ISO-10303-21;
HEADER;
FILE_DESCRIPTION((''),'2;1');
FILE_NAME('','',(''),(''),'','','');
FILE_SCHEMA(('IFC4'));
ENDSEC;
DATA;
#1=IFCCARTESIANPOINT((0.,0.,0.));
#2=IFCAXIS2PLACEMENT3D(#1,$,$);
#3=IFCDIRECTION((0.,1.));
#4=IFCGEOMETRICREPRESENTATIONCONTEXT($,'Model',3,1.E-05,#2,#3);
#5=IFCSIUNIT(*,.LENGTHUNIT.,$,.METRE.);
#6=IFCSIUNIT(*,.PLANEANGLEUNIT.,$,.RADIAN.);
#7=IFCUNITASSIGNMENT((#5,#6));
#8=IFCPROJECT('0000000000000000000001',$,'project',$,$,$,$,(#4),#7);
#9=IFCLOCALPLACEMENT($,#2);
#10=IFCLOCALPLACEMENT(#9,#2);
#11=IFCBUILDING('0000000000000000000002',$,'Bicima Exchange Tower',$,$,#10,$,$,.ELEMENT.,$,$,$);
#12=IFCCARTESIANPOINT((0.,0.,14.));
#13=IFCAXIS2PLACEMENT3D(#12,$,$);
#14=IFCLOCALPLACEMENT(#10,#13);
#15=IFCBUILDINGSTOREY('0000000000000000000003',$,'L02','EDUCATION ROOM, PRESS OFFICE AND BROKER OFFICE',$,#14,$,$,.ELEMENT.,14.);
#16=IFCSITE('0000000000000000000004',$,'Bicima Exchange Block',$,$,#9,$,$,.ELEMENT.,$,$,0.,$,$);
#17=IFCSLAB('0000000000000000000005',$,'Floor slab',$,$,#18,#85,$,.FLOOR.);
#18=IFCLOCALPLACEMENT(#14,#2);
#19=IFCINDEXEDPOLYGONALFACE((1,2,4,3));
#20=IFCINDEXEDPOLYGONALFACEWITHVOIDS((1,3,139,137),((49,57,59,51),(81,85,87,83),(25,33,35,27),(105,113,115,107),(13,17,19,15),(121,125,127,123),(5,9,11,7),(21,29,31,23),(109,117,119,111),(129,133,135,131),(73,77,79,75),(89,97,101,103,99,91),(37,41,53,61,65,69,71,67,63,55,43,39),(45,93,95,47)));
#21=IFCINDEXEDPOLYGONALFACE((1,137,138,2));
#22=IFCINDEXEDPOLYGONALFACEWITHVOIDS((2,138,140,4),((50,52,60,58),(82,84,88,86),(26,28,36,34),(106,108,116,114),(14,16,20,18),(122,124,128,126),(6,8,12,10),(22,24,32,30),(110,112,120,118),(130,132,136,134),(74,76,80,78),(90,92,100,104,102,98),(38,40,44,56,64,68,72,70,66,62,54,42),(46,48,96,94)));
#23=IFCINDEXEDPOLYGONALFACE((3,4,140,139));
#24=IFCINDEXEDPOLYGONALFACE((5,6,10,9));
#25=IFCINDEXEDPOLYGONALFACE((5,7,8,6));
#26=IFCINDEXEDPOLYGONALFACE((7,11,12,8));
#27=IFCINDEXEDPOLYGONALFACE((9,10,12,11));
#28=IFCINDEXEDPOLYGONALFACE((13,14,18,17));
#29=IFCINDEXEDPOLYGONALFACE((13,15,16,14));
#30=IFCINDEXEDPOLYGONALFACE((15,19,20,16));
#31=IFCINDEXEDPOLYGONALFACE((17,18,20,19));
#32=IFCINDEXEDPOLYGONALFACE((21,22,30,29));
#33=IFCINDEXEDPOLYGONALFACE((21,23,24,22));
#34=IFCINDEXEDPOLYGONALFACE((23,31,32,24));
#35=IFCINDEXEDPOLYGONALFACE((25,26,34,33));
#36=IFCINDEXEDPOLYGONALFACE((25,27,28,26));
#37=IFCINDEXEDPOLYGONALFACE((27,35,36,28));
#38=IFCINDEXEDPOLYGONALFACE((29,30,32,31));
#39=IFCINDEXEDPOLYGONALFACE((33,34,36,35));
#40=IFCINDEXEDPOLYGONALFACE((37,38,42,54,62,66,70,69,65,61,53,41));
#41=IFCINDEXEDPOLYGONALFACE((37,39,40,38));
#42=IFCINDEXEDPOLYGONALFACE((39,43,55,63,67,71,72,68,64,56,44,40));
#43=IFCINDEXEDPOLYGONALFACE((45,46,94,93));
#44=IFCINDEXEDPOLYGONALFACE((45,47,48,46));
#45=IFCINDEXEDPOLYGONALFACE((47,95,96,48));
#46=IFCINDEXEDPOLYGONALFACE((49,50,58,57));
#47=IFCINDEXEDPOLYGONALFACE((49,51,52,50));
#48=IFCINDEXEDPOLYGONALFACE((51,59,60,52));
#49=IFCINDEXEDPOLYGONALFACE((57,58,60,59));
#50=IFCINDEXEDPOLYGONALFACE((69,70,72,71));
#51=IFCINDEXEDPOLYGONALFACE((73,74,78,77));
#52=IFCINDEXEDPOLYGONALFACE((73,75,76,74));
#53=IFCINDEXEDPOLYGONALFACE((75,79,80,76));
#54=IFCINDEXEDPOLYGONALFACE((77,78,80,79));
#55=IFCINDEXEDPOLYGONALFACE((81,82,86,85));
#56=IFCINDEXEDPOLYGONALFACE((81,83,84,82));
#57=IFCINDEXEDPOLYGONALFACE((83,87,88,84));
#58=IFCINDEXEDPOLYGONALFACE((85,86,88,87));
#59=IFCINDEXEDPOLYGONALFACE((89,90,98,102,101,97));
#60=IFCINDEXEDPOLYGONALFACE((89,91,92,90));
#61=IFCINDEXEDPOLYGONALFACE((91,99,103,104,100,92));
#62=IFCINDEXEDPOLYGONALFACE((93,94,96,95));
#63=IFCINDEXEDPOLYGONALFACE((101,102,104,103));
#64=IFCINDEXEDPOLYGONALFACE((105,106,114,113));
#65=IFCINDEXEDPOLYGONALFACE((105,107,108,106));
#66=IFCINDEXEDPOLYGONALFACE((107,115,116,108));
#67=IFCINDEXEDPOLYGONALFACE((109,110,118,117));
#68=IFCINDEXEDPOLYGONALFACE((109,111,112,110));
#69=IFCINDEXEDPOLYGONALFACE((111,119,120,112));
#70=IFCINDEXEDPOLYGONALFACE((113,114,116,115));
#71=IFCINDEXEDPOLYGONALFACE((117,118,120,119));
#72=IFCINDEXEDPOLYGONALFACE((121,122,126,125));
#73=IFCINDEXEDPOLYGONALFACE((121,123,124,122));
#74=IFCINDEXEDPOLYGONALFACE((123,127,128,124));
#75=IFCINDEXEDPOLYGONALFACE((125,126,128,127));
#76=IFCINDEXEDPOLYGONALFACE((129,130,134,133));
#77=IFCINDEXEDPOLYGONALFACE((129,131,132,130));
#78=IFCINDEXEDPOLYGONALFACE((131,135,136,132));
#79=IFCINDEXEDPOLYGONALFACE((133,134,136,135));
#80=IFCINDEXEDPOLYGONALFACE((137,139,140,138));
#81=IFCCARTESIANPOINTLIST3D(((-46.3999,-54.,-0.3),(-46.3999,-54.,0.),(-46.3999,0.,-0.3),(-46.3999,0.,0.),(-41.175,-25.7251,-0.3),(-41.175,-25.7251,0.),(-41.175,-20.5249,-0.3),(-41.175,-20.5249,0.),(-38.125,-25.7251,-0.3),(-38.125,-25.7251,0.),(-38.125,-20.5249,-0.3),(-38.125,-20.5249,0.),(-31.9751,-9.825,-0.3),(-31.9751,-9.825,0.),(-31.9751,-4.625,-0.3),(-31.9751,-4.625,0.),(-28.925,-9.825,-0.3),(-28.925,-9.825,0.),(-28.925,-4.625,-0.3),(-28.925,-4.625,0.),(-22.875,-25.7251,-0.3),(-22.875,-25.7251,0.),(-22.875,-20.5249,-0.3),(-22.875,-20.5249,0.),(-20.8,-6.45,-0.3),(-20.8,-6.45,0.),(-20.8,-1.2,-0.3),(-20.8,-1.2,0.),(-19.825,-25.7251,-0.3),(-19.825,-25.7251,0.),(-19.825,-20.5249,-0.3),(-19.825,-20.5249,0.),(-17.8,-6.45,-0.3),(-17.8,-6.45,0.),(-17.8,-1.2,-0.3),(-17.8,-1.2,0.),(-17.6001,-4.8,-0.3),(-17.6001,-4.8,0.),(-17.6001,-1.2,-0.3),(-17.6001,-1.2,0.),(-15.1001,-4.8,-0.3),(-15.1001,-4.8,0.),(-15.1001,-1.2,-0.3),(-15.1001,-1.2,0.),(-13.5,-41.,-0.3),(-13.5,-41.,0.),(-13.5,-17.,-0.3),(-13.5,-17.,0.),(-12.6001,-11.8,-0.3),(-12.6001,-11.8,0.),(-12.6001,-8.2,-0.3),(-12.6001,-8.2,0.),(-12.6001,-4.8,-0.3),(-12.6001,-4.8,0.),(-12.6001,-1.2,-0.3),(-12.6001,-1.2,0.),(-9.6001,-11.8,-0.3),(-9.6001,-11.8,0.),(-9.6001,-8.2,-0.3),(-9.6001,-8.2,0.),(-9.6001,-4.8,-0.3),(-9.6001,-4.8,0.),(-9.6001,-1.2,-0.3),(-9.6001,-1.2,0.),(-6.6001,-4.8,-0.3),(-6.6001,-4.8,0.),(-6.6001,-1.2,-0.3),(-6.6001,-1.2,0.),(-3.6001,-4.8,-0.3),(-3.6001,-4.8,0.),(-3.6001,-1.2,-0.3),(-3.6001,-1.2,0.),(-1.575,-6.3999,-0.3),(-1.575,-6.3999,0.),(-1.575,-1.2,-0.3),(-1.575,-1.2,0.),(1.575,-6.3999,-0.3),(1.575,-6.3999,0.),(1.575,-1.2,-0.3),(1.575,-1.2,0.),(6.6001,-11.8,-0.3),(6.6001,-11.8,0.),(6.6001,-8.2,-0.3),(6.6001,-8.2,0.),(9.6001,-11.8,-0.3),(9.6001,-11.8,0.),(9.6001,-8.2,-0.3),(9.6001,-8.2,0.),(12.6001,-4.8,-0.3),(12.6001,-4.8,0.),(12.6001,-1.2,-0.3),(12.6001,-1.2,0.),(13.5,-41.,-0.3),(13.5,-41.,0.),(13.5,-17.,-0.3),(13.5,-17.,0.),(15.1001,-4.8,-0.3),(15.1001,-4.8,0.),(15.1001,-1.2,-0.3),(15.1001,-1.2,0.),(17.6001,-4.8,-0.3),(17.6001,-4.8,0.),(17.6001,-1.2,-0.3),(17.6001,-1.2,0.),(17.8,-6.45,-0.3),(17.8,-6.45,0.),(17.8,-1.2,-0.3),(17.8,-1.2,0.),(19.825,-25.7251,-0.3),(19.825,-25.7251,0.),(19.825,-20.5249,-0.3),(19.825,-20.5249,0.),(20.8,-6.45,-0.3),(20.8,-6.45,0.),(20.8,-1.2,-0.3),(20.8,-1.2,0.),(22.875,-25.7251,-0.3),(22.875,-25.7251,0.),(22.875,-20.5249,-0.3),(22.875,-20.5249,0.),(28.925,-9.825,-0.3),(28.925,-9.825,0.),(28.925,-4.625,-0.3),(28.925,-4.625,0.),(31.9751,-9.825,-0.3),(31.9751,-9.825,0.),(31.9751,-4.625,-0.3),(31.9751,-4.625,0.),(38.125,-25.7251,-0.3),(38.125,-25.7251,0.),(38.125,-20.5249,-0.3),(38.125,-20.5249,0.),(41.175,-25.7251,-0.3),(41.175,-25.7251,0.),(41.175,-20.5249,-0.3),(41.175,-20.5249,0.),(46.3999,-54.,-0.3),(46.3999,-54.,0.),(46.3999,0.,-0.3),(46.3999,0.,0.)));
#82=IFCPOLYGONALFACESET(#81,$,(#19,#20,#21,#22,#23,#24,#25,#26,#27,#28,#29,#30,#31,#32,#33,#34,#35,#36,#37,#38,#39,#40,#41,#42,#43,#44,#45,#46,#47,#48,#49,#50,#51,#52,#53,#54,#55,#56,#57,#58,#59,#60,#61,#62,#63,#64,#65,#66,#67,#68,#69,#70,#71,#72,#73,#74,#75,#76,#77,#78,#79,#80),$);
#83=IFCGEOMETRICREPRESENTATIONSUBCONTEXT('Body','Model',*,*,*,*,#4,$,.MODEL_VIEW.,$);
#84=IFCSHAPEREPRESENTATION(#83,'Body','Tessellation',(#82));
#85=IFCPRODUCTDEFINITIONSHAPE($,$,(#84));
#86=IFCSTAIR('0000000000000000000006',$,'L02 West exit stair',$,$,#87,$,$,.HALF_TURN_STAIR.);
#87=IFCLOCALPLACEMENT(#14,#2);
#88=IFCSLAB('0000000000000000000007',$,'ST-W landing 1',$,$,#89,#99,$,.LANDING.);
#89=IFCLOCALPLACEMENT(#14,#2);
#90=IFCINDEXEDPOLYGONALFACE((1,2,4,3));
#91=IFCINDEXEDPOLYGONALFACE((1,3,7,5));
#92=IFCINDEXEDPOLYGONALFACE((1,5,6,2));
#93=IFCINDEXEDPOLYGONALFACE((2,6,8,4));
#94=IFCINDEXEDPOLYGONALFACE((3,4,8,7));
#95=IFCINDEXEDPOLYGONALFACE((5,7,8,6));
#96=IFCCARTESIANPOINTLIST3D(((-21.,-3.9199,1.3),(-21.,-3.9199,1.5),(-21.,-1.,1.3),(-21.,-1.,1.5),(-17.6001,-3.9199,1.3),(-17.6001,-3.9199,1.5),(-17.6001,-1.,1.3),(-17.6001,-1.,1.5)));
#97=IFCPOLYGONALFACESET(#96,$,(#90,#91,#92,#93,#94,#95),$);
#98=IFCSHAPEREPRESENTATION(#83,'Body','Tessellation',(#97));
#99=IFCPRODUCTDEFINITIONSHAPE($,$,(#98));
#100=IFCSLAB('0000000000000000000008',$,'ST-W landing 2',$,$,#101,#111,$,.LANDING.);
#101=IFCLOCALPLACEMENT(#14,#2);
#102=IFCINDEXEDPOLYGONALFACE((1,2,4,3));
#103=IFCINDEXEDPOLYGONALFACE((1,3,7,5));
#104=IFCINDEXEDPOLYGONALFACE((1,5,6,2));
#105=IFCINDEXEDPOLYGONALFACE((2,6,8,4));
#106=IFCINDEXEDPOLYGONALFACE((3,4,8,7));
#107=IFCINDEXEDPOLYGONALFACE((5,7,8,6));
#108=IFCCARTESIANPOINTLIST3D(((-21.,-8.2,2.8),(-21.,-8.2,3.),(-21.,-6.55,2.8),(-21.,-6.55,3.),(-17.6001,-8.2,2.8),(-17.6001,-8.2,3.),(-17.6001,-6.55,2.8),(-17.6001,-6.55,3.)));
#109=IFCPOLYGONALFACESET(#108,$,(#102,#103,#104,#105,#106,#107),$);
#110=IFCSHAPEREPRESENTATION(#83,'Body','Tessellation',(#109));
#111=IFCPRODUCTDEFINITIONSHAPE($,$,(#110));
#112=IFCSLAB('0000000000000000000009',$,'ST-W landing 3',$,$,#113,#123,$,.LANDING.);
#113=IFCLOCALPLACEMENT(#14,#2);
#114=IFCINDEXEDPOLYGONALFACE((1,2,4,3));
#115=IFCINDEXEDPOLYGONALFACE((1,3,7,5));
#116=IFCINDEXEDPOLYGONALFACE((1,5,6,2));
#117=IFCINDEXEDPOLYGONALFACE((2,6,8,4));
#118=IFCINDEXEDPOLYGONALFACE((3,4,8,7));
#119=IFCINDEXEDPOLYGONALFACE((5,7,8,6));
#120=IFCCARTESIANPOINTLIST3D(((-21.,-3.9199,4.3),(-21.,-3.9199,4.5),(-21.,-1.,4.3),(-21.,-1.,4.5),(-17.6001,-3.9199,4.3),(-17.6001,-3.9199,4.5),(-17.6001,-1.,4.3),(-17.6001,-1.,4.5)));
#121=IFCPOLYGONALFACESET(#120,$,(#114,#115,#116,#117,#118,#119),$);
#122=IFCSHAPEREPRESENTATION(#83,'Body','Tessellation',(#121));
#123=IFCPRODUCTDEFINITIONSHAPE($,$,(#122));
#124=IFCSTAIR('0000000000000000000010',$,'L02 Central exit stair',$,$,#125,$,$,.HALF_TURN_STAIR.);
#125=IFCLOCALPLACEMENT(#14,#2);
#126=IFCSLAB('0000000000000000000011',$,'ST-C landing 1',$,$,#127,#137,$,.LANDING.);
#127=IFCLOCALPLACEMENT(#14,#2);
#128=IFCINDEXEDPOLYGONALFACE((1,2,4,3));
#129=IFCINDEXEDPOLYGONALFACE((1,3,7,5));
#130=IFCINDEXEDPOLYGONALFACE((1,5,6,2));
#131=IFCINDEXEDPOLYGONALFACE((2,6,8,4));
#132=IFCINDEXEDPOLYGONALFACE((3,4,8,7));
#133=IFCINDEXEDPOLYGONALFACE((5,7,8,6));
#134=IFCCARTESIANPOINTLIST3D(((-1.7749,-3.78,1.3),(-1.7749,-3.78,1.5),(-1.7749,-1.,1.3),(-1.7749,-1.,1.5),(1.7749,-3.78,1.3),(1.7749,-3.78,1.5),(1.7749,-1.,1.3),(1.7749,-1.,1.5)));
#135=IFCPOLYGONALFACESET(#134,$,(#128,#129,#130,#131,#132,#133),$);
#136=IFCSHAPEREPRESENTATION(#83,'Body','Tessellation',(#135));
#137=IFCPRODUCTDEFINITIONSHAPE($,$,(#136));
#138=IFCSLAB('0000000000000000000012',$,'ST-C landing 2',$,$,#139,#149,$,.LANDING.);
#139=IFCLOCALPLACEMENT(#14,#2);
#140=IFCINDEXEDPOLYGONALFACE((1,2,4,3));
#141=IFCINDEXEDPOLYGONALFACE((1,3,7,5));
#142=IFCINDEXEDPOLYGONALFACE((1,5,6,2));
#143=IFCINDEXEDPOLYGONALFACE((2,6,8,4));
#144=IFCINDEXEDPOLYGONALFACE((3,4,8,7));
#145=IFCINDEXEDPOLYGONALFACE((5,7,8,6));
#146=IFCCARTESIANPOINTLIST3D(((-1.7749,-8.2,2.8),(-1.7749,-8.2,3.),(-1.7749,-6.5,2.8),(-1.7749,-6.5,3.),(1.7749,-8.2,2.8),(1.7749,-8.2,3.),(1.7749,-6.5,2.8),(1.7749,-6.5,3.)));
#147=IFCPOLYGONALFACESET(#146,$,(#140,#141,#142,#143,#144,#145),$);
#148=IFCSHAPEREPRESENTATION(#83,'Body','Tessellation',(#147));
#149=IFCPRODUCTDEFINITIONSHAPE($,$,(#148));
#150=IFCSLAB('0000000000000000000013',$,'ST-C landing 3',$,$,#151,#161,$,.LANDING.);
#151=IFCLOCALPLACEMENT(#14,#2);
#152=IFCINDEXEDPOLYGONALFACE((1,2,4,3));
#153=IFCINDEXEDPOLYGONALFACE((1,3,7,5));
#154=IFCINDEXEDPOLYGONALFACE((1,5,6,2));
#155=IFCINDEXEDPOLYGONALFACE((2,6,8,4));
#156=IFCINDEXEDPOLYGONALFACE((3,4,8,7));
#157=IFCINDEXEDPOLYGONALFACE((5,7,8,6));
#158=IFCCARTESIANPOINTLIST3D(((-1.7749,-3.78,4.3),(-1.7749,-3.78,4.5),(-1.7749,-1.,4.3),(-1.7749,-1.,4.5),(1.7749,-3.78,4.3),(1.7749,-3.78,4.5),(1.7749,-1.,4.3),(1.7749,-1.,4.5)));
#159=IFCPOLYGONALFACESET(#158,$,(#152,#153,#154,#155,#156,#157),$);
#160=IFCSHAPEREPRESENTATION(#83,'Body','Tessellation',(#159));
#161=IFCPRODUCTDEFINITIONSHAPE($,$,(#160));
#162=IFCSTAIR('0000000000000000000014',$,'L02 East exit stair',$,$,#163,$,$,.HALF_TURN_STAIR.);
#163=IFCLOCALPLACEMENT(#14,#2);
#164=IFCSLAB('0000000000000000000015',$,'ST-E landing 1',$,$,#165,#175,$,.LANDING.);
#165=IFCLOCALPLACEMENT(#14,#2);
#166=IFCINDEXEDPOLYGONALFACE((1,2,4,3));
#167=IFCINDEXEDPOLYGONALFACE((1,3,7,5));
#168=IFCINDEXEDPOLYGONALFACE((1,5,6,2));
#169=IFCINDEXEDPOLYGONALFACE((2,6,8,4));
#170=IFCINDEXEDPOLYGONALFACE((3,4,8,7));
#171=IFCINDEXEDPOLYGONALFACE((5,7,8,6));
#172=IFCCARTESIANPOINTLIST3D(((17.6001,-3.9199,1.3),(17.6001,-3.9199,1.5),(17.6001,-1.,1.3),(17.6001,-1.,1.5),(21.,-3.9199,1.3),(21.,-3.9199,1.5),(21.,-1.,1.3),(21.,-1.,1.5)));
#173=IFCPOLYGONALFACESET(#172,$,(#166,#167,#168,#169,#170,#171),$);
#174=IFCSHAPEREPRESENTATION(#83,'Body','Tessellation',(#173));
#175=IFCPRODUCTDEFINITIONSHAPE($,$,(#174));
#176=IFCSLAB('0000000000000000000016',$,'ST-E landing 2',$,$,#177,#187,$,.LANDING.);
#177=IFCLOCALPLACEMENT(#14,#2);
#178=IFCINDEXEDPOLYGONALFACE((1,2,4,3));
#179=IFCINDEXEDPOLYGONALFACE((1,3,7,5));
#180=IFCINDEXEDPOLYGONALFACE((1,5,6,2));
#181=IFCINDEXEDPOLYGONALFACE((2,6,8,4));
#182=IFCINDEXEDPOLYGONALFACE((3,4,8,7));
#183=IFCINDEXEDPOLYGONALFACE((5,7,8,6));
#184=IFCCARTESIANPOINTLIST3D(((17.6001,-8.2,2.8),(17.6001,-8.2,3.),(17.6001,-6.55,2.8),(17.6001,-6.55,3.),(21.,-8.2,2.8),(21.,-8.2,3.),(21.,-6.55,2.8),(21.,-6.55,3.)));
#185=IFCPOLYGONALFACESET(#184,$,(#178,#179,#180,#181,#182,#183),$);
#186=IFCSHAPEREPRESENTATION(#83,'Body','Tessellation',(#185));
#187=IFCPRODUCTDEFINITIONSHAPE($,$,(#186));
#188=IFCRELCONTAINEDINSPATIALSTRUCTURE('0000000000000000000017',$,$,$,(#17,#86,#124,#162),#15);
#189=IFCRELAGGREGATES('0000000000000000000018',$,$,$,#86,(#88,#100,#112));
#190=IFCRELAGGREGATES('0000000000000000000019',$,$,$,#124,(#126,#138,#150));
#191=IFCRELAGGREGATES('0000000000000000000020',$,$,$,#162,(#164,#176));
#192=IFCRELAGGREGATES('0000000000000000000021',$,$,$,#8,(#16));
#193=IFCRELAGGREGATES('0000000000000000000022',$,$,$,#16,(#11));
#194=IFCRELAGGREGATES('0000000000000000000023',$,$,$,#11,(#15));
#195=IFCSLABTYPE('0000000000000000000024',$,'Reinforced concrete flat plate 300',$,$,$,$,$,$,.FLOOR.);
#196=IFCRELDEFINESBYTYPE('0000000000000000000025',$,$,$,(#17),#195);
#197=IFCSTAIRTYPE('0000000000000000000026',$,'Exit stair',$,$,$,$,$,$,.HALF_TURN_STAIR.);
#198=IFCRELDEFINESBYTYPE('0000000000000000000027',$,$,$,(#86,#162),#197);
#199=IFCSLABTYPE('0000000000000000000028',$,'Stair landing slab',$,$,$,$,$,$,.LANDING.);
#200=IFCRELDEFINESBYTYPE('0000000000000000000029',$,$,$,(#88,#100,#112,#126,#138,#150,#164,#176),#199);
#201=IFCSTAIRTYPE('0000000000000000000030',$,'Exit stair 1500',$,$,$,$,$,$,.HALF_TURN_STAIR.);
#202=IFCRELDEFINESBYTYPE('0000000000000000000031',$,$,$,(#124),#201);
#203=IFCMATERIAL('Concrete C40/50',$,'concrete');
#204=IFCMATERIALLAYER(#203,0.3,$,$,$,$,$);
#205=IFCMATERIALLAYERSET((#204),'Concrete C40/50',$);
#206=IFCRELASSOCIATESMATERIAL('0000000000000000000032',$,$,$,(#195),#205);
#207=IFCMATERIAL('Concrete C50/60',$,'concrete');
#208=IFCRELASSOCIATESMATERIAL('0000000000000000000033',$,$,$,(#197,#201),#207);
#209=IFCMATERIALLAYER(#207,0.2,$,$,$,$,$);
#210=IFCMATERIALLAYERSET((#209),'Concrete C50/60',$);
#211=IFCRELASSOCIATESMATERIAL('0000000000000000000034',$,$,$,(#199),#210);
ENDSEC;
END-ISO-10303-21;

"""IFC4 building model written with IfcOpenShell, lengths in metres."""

from ifc_helpers import new_model, si_unit, direction, frame, origin, place, context, subcontext, project, spatial, polyline, outline, extrude, material, layer, layer_set, type_object, element, aggregate, save


model = new_model("IFC4")

# Units and contexts
model_context = context("Model", 3, precision=1e-05, world=origin(), true_north=direction((0.0, 1.0)))
body_context = subcontext(model_context, "Body", "Model", "MODEL_VIEW")
ifc_project = project(units=[si_unit("LENGTHUNIT", "METRE"), si_unit("PLANEANGLEUNIT", "RADIAN")], contexts=[model_context])

# Site, building, storey
site_placement = place(None, origin())
site = spatial("IfcSite", under=ifc_project, at=site_placement, Name="Bicima Exchange Block", CompositionType="ELEMENT", RefElevation=0.0)
building_placement = place(site_placement, origin())
building = spatial("IfcBuilding", under=site, at=building_placement, Name="Bicima Exchange Tower", CompositionType="ELEMENT")
storey_placement = place(building_placement, frame((0.0, 0.0, 14.0)))
storey = spatial("IfcBuildingStorey", under=building, at=storey_placement, Name="L02", Description="EDUCATION ROOM, PRESS OFFICE AND BROKER OFFICE", CompositionType="ELEMENT", Elevation=14.0)

# Slab
ifc_material_1 = material(Name="Concrete C40/50", Category="concrete")
ifc_layer_1 = layer(ifc_material_1, 0.3)
ifc_layer_set_1 = layer_set([ifc_layer_1], Name="Concrete C40/50")
slab_type_1 = type_object("IfcSlabType", Name="Reinforced concrete flat plate 300", PredefinedType="FLOOR", material=ifc_layer_set_1)
slab_1_placement = place(storey_placement, frame((0.0, 0.0, -0.3)))
element("IfcSlab", 1, at=slab_1_placement, inside=storey, type_object=slab_type_1, Name="Floor slab", PredefinedType="FLOOR", context=body_context, shape_type="SweptSolid", body=[
    extrude(outline(polyline([(-46.3999, 0.0), (46.3999, 0.0), (46.3999, -54.0), (-46.3999, -54.0), (-46.3999, 0.0)]), holes=[polyline([(-41.175, -25.7251), (-38.125, -25.7251), (-38.125, -20.5249), (-41.175, -20.5249), (-41.175, -25.7251)]), polyline([(-22.875, -25.7251), (-19.825, -25.7251), (-19.825, -20.5249), (-22.875, -20.5249), (-22.875, -25.7251)]), polyline([(-12.6001, -11.8), (-9.6001, -11.8), (-9.6001, -8.2), (-12.6001, -8.2), (-12.6001, -11.8)]), polyline([(-31.9751, -9.825), (-28.925, -9.825), (-28.925, -4.625), (-31.9751, -4.625), (-31.9751, -9.825)]), polyline([(-20.8, -6.45), (-17.8, -6.45), (-17.8, -1.2), (-20.8, -1.2), (-20.8, -6.45)]), polyline([(-17.6001, -1.2), (-17.6001, -4.8), (-15.1001, -4.8), (-12.6001, -4.8), (-9.6001, -4.8), (-6.6001, -4.8), (-3.6001, -4.8), (-3.6001, -1.2), (-6.6001, -1.2), (-9.6001, -1.2), (-12.6001, -1.2), (-15.1001, -1.2), (-17.6001, -1.2)]), polyline([(13.5, -17.0), (-13.5, -17.0), (-13.5, -41.0), (13.5, -41.0), (13.5, -17.0)]), polyline([(19.825, -25.7251), (22.875, -25.7251), (22.875, -20.5249), (19.825, -20.5249), (19.825, -25.7251)]), polyline([(38.125, -20.5249), (38.125, -25.7251), (41.175, -25.7251), (41.175, -20.5249), (38.125, -20.5249)]), polyline([(6.6001, -8.2), (6.6001, -11.8), (9.6001, -11.8), (9.6001, -8.2), (6.6001, -8.2)]), polyline([(28.925, -9.825), (31.9751, -9.825), (31.9751, -4.625), (28.925, -4.625), (28.925, -9.825)]), polyline([(17.8, -6.45), (20.8, -6.45), (20.8, -1.2), (17.8, -1.2), (17.8, -6.45)]), polyline([(-1.575, -6.3999), (1.575, -6.3999), (1.575, -1.2), (-1.575, -1.2), (-1.575, -6.3999)]), polyline([(15.1001, -4.8), (17.6001, -4.8), (17.6001, -1.2), (15.1001, -1.2), (12.6001, -1.2), (12.6001, -4.8), (15.1001, -4.8)])]), origin(), (0.0, 0.0, 1.0), 0.3),
])

# Stairs, slabs
ifc_material_2 = material(Name="Concrete C50/60", Category="concrete")
stair_type_1 = type_object("IfcStairType", Name="Exit stair", PredefinedType="HALF_TURN_STAIR", material=ifc_material_2)
stair_1_placement = place(storey_placement, origin())
stair_1 = element("IfcStair", 2, at=stair_1_placement, inside=storey, type_object=stair_type_1, Name="L02 West exit stair", PredefinedType="HALF_TURN_STAIR")
ifc_layer_2 = layer(ifc_material_2, 0.2)
ifc_layer_set_2 = layer_set([ifc_layer_2], Name="Concrete C50/60")
slab_type_2 = type_object("IfcSlabType", Name="Stair landing slab", PredefinedType="LANDING", material=ifc_layer_set_2)
slab_2_placement = place(storey_placement, frame((0.0, 0.0, 1.3)))
slab_2 = element("IfcSlab", 3, at=slab_2_placement, type_object=slab_type_2, Name="ST-W landing 1", PredefinedType="LANDING", context=body_context, shape_type="SweptSolid", body=[
    extrude(outline(polyline([(-17.6001, -3.9199), (-17.6001, -1.0), (-21.0, -1.0), (-21.0, -3.9199), (-17.6001, -3.9199)])), origin(), (0.0, 0.0, 1.0), 0.2),
])
slab_3_placement = place(storey_placement, frame((0.0, 0.0, 2.8)))
slab_3 = element("IfcSlab", 4, at=slab_3_placement, type_object=slab_type_2, Name="ST-W landing 2", PredefinedType="LANDING", context=body_context, shape_type="SweptSolid", body=[
    extrude(outline(polyline([(-17.6001, -8.2), (-17.6001, -6.55), (-21.0, -6.55), (-21.0, -8.2), (-17.6001, -8.2)])), origin(), (0.0, 0.0, 1.0), 0.2),
])
slab_4_placement = place(storey_placement, frame((0.0, 0.0, 4.3)))
slab_4 = element("IfcSlab", 5, at=slab_4_placement, type_object=slab_type_2, Name="ST-W landing 3", PredefinedType="LANDING", context=body_context, shape_type="SweptSolid", body=[
    extrude(outline(polyline([(-17.6001, -3.9199), (-17.6001, -1.0), (-21.0, -1.0), (-21.0, -3.9199), (-17.6001, -3.9199)])), origin(), (0.0, 0.0, 1.0), 0.2),
])
aggregate(stair_1, [slab_2, slab_3, slab_4])
stair_type_2 = type_object("IfcStairType", Name="Exit stair 1500", PredefinedType="HALF_TURN_STAIR", material=ifc_material_2)
stair_2_placement = place(storey_placement, origin())
stair_2 = element("IfcStair", 6, at=stair_2_placement, inside=storey, type_object=stair_type_2, Name="L02 Central exit stair", PredefinedType="HALF_TURN_STAIR")
slab_5_placement = place(storey_placement, frame((0.0, 0.0, 1.3)))
slab_5 = element("IfcSlab", 7, at=slab_5_placement, type_object=slab_type_2, Name="ST-C landing 1", PredefinedType="LANDING", context=body_context, shape_type="SweptSolid", body=[
    extrude(outline(polyline([(1.7749, -3.78), (1.7749, -1.0), (-1.7749, -1.0), (-1.7749, -3.78), (1.7749, -3.78)])), origin(), (0.0, 0.0, 1.0), 0.2),
])
slab_6_placement = place(storey_placement, frame((0.0, 0.0, 2.8)))
slab_6 = element("IfcSlab", 8, at=slab_6_placement, type_object=slab_type_2, Name="ST-C landing 2", PredefinedType="LANDING", context=body_context, shape_type="SweptSolid", body=[
    extrude(outline(polyline([(1.7749, -8.2), (1.7749, -6.5), (-1.7749, -6.5), (-1.7749, -8.2), (1.7749, -8.2)])), origin(), (0.0, 0.0, 1.0), 0.2),
])
slab_7_placement = place(storey_placement, frame((0.0, 0.0, 4.3)))
slab_7 = element("IfcSlab", 9, at=slab_7_placement, type_object=slab_type_2, Name="ST-C landing 3", PredefinedType="LANDING", context=body_context, shape_type="SweptSolid", body=[
    extrude(outline(polyline([(1.7749, -3.78), (1.7749, -1.0), (-1.7749, -1.0), (-1.7749, -3.78), (1.7749, -3.78)])), origin(), (0.0, 0.0, 1.0), 0.2),
])
aggregate(stair_2, [slab_5, slab_6, slab_7])
stair_3_placement = place(storey_placement, origin())
stair_3 = element("IfcStair", 10, at=stair_3_placement, inside=storey, type_object=stair_type_1, Name="L02 East exit stair", PredefinedType="HALF_TURN_STAIR")
slab_8_placement = place(storey_placement, frame((0.0, 0.0, 1.3)))
slab_8 = element("IfcSlab", 11, at=slab_8_placement, type_object=slab_type_2, Name="ST-E landing 1", PredefinedType="LANDING", context=body_context, shape_type="SweptSolid", body=[
    extrude(outline(polyline([(21.0, -3.9199), (21.0, -1.0), (17.6001, -1.0), (17.6001, -3.9199), (21.0, -3.9199)])), origin(), (0.0, 0.0, 1.0), 0.2),
])
slab_9_placement = place(storey_placement, frame((0.0, 0.0, 2.8)))
slab_9 = element("IfcSlab", 12, at=slab_9_placement, type_object=slab_type_2, Name="ST-E landing 2", PredefinedType="LANDING", context=body_context, shape_type="SweptSolid", body=[
    extrude(outline(polyline([(21.0, -8.2), (21.0, -6.55), (17.6001, -6.55), (17.6001, -8.2), (21.0, -8.2)])), origin(), (0.0, 0.0, 1.0), 0.2),
])
aggregate(stair_3, [slab_8, slab_9])

save(model, "model.ifc")
